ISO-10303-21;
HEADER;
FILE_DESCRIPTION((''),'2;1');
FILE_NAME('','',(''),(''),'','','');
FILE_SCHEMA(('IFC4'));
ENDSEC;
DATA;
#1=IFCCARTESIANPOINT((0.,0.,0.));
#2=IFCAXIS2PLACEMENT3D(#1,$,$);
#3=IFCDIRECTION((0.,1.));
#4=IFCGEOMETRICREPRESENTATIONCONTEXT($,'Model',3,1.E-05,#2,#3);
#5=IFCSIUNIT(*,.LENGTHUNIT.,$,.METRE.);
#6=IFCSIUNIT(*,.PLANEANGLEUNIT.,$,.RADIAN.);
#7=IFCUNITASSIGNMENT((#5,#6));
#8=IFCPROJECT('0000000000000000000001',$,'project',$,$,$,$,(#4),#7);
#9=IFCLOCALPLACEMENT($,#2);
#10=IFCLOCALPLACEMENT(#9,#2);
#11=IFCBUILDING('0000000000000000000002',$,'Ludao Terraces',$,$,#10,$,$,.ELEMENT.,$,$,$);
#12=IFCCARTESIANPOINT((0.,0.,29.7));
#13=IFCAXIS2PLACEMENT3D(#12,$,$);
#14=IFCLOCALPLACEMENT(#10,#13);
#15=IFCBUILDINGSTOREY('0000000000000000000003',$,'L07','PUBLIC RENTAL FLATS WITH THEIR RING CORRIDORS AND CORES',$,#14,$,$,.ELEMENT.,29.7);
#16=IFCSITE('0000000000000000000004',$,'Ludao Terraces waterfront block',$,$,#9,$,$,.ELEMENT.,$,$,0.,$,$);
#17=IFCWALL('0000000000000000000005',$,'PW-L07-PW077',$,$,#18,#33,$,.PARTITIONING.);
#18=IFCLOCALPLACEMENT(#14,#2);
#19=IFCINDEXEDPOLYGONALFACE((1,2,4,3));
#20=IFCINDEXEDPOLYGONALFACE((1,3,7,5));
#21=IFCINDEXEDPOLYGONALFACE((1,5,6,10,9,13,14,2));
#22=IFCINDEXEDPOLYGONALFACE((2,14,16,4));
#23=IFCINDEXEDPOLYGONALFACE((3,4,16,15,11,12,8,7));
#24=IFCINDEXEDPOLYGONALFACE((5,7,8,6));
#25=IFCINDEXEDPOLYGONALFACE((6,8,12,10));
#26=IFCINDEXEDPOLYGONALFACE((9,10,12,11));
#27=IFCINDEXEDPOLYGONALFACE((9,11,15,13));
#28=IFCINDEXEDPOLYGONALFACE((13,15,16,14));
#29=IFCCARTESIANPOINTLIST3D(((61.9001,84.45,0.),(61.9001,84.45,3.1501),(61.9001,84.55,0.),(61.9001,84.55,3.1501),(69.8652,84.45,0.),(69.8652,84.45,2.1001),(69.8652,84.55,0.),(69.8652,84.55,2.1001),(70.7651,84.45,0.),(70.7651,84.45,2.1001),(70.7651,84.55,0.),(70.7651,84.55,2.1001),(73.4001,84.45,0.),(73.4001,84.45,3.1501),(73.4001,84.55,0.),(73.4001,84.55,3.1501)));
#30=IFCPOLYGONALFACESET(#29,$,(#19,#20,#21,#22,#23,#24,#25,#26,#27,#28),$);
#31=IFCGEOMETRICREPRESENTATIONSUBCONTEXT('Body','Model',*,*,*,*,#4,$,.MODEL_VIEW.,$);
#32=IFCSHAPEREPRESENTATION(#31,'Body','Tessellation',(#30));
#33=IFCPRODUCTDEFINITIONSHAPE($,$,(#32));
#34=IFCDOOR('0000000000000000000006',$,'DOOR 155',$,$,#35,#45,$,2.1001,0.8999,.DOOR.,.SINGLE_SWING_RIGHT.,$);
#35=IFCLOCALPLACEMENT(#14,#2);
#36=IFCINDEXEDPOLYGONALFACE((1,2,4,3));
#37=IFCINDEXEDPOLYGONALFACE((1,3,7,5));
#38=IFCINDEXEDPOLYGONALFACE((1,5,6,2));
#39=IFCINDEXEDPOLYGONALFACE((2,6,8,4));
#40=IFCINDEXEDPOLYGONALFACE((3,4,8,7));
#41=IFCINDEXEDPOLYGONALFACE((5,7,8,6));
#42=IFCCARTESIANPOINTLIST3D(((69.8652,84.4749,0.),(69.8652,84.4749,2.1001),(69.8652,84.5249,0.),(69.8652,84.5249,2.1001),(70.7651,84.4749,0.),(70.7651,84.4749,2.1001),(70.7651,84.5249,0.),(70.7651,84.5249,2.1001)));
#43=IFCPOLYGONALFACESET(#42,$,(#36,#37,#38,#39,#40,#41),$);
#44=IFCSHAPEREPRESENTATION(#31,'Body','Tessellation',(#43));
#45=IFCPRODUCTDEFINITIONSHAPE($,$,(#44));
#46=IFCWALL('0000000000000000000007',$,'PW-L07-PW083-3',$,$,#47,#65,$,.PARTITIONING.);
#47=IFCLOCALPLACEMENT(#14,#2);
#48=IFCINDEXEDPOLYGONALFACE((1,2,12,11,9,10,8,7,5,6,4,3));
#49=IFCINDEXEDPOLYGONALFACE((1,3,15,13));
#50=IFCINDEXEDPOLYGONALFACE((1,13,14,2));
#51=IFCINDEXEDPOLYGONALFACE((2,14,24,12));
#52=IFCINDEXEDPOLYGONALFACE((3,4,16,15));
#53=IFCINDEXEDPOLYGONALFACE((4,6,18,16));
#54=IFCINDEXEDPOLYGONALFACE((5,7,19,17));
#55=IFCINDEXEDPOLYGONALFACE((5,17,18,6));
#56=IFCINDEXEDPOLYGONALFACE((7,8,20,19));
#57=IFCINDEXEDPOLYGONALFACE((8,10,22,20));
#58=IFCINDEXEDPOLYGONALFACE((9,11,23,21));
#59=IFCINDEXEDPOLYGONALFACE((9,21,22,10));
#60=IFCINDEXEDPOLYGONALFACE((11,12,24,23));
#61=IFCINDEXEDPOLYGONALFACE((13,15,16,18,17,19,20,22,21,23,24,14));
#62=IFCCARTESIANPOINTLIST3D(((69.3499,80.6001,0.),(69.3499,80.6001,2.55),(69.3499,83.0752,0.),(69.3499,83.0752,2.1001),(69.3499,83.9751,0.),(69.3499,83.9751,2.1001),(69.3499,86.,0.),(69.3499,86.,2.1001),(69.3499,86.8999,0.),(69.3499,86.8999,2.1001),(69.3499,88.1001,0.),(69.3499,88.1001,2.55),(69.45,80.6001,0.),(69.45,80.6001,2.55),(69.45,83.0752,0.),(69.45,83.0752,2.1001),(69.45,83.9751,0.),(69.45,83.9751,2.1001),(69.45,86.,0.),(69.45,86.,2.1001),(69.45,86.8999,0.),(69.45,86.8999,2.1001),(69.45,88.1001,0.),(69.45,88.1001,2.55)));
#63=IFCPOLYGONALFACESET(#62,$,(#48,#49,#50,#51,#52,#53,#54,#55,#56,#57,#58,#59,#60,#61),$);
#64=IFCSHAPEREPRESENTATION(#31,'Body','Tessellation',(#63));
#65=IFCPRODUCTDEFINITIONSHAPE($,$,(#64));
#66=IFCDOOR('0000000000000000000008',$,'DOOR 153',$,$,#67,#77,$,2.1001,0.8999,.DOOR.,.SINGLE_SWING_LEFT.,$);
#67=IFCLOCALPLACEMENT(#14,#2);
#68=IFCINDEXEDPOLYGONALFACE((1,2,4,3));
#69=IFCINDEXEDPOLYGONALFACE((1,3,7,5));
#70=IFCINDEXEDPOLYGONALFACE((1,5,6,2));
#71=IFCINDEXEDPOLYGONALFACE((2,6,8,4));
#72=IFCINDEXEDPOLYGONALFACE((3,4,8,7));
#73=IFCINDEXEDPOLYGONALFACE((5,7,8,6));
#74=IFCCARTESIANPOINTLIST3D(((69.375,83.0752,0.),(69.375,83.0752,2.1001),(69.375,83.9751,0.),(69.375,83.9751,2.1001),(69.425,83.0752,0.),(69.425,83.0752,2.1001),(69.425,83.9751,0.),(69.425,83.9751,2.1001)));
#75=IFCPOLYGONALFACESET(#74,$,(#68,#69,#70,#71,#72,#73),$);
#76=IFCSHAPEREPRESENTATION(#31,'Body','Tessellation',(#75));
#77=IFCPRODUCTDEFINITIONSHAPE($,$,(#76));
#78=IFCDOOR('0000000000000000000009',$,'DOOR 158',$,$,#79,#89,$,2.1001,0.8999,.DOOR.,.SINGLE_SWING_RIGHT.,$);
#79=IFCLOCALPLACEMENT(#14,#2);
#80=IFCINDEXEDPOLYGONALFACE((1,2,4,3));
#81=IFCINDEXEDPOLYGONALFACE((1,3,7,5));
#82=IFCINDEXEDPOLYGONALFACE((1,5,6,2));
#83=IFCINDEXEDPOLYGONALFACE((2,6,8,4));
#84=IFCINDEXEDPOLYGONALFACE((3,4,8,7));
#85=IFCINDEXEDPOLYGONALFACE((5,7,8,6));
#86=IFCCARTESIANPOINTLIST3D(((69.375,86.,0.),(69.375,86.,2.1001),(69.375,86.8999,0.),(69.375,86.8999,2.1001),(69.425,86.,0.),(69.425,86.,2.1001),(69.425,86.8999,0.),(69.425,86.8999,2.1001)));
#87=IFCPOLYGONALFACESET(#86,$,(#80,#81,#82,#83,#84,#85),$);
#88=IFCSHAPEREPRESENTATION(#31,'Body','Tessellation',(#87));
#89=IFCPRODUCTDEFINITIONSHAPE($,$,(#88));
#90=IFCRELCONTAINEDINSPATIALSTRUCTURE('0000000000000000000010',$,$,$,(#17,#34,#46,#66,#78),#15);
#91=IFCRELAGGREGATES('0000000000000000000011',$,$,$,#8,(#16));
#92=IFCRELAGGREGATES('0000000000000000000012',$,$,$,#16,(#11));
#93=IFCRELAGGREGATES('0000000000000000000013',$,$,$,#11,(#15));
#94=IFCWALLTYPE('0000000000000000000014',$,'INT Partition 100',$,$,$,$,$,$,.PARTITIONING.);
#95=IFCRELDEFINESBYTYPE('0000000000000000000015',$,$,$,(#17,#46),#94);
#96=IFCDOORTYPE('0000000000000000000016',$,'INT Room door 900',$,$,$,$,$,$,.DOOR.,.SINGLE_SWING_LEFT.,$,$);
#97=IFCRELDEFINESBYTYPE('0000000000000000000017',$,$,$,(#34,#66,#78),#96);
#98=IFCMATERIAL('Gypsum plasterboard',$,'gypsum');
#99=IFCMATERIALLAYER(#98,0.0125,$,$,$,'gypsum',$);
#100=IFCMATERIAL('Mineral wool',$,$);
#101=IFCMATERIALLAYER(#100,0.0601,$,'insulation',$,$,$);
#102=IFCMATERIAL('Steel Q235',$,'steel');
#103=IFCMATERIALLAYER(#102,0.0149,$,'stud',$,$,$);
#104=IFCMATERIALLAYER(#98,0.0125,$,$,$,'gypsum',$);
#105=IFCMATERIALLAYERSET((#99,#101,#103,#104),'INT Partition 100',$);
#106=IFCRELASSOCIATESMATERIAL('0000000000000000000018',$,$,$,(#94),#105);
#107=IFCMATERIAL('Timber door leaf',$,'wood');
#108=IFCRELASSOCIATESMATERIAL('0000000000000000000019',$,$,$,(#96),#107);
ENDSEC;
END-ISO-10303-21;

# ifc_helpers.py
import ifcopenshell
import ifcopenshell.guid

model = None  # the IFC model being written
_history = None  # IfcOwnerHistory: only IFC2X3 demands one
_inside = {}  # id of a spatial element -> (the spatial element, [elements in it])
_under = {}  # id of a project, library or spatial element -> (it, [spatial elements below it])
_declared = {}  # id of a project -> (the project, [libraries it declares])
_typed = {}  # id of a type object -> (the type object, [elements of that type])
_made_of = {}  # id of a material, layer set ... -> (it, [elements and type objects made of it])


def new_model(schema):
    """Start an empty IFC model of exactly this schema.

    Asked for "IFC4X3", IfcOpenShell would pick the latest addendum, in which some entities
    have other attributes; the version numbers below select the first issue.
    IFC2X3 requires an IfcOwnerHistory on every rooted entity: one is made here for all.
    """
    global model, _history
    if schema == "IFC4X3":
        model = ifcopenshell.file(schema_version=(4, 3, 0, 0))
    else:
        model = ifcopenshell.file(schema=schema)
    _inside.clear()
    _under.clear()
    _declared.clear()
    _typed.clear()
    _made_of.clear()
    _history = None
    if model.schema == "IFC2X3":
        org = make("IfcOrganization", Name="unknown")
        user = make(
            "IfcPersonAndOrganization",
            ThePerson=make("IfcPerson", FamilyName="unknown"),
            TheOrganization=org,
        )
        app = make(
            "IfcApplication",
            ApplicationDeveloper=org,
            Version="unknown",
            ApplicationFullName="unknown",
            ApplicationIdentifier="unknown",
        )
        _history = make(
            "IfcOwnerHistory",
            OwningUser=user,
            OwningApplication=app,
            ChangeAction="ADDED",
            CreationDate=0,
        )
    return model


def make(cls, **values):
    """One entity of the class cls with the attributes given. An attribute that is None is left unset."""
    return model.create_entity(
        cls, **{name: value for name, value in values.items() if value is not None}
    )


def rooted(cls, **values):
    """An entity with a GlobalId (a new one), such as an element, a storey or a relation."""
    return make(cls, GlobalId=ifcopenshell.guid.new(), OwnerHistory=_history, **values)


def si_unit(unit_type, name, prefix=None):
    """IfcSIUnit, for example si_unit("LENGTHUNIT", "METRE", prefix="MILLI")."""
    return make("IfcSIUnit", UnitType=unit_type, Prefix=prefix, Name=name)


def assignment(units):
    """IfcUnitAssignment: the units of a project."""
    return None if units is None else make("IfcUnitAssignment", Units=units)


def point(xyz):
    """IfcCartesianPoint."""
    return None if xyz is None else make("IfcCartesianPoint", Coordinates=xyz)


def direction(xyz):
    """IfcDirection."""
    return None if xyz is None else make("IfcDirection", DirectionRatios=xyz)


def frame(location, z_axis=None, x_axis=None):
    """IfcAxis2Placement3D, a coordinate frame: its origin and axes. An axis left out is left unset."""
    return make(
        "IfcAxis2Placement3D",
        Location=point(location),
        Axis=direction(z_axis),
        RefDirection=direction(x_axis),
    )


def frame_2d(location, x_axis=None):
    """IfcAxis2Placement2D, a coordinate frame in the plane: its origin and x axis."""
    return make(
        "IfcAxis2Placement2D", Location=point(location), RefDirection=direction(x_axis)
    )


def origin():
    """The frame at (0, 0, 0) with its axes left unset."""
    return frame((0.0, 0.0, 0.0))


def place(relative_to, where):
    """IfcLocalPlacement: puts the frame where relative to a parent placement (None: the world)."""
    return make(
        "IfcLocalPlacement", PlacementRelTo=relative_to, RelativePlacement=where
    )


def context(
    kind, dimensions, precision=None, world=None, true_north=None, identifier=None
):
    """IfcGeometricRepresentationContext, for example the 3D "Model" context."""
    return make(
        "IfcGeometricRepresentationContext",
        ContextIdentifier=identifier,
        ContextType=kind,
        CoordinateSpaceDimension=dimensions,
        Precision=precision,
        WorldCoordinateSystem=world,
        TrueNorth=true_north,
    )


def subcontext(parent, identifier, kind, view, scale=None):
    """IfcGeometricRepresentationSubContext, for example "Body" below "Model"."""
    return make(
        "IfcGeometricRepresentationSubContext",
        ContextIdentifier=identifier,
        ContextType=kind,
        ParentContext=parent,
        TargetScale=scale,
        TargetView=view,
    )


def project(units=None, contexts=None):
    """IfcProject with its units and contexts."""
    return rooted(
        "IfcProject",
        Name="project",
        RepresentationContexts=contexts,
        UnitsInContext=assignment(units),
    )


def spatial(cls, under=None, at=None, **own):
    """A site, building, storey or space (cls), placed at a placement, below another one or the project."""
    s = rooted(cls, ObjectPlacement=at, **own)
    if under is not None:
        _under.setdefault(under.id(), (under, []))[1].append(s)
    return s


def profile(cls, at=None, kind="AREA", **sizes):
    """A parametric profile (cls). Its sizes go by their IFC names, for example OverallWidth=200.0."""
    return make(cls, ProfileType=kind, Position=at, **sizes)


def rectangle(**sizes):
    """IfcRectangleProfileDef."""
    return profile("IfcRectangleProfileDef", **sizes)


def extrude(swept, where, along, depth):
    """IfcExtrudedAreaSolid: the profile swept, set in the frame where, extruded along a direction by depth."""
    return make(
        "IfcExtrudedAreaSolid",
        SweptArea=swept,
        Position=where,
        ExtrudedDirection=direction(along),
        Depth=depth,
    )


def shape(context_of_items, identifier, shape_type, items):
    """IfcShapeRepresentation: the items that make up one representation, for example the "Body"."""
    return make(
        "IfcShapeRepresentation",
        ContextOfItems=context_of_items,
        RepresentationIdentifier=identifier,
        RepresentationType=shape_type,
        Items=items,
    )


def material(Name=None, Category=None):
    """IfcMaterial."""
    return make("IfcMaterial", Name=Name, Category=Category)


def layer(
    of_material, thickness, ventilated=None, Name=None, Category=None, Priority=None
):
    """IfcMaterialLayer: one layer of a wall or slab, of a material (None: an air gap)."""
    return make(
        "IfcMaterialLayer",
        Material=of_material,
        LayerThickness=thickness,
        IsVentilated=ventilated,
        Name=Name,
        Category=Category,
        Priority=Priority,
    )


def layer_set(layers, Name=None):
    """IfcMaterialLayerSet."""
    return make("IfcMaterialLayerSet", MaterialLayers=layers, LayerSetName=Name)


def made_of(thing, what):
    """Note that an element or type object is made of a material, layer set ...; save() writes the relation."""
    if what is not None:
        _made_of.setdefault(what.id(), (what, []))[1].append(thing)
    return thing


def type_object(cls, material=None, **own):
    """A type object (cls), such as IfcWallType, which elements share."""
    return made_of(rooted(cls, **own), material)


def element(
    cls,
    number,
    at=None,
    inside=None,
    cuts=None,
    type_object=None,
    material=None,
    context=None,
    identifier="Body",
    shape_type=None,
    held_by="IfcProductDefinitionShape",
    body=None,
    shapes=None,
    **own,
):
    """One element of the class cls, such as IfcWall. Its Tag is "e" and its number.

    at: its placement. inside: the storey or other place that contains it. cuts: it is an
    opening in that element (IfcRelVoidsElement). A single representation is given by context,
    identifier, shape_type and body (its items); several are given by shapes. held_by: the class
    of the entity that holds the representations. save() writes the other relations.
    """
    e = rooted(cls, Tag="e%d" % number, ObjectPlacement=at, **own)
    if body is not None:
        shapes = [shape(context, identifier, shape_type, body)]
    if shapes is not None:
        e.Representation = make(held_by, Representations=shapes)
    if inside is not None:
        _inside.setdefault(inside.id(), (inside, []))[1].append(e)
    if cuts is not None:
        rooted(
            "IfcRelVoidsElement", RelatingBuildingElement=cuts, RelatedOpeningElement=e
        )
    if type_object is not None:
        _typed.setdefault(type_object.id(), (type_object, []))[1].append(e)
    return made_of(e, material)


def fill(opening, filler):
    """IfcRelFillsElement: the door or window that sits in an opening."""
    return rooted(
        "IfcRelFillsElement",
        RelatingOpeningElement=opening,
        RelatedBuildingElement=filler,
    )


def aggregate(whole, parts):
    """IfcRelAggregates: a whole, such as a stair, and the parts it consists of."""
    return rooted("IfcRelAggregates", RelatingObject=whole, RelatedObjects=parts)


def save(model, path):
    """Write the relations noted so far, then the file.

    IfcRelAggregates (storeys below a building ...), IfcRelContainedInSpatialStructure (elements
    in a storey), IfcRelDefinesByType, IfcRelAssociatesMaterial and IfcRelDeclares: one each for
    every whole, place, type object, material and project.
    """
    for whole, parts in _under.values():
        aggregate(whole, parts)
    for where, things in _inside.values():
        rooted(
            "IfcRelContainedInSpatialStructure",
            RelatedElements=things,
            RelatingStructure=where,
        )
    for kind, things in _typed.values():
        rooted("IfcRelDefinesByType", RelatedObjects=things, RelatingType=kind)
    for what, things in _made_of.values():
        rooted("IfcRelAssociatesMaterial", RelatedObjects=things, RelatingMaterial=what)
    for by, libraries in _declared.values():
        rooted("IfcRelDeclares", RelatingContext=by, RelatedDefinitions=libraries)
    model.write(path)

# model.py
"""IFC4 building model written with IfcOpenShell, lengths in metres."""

from ifc_helpers import new_model, si_unit, direction, frame, frame_2d, origin, place, context, subcontext, project, spatial, rectangle, extrude, material, layer, layer_set, type_object, element, fill, save


model = new_model("IFC4")

# Units and contexts
model_context = context("Model", 3, precision=1e-05, world=origin(), true_north=direction((0.0, 1.0)))
body_context = subcontext(model_context, "Body", "Model", "MODEL_VIEW")
ifc_project = project(units=[si_unit("LENGTHUNIT", "METRE"), si_unit("PLANEANGLEUNIT", "RADIAN")], contexts=[model_context])

# Site, building, storey
site_placement = place(None, origin())
site = spatial("IfcSite", under=ifc_project, at=site_placement, Name="Ludao Terraces waterfront block", CompositionType="ELEMENT", RefElevation=0.0)
building_placement = place(site_placement, origin())
building = spatial("IfcBuilding", under=site, at=building_placement, Name="Ludao Terraces", CompositionType="ELEMENT")
storey_placement = place(building_placement, frame((0.0, 0.0, 29.7)))
storey = spatial("IfcBuildingStorey", under=building, at=storey_placement, Name="L07", Description="PUBLIC RENTAL FLATS WITH THEIR RING CORRIDORS AND CORES", CompositionType="ELEMENT", Elevation=29.7)

# Shared definitions
ifc_material_1 = material(Name="Mineral wool")

# Shared definitions
ifc_material_2 = material(Name="Gypsum plasterboard", Category="gypsum")
ifc_layer_1 = layer(ifc_material_2, 0.0125, Category="gypsum")
ifc_layer_2 = layer(ifc_material_1, 0.0601, Name="insulation")
ifc_material_3 = material(Name="Steel Q235", Category="steel")
ifc_layer_3 = layer(ifc_material_3, 0.0149, Name="stud")
ifc_layer_4 = layer(ifc_material_2, 0.0125, Category="gypsum")
ifc_layer_set_1 = layer_set([ifc_layer_1, ifc_layer_2, ifc_layer_3, ifc_layer_4], Name="INT Partition 100")
wall_type_1 = type_object("IfcWallType", Name="INT Partition 100", PredefinedType="PARTITIONING", material=ifc_layer_set_1)

# Wall, opening, door
wall_1_placement = place(storey_placement, frame((61.9001, 84.5, 0.0), z_axis=(0.0, 0.0, 1.0), x_axis=(1.0, 0.0, 0.0)))
wall_1 = element("IfcWall", 1, at=wall_1_placement, inside=storey, type_object=wall_type_1, Name="PW-L07-PW077", PredefinedType="PARTITIONING", context=body_context, shape_type="SweptSolid", body=[
    extrude(rectangle(XDim=11.5, YDim=0.1001, at=frame_2d((5.75, 0.0))), origin(), (0.0, 0.0, 1.0), 3.1501),
])
opening_1_placement = place(wall_1_placement, frame((7.9651, 0.0, 0.0)))
opening_1 = element("IfcOpeningElement", 2, at=opening_1_placement, cuts=wall_1, PredefinedType="OPENING", context=body_context, shape_type="SweptSolid", body=[
    extrude(rectangle(XDim=0.8999, YDim=2.1001, at=frame_2d((0.45, 1.05))), frame((0.0, 0.0601, 0.0), z_axis=(0.0, -1.0, 0.0), x_axis=(1.0, 0.0, 0.0)), (0.0, 0.0, 1.0), 0.1201),
])
ifc_material_4 = material(Name="Timber door leaf", Category="wood")
door_type = type_object("IfcDoorType", Name="INT Room door 900", OperationType="SINGLE_SWING_LEFT", PredefinedType="DOOR", material=ifc_material_4)
door_1_placement = place(opening_1_placement, origin())
door_1 = element("IfcDoor", 3, at=door_1_placement, inside=storey, type_object=door_type, Name="DOOR 155", OperationType="SINGLE_SWING_RIGHT", OverallHeight=2.1001, OverallWidth=0.8999, PredefinedType="DOOR", context=body_context, shape_type="SweptSolid", body=[
    extrude(rectangle(XDim=0.8999, YDim=2.1001, at=frame_2d((0.45, 1.05))), frame((0.0, 0.0249, 0.0), z_axis=(0.0, -1.0, 0.0), x_axis=(1.0, 0.0, 0.0)), (0.0, 0.0, 1.0), 0.05),
])
fill(opening_1, door_1)

# Wall, openings, doors
wall_2_placement = place(storey_placement, frame((69.3999, 80.6001, 0.0), z_axis=(0.0, 0.0, 1.0), x_axis=(0.0, 1.0, 0.0)))
wall_2 = element("IfcWall", 4, at=wall_2_placement, inside=storey, type_object=wall_type_1, Name="PW-L07-PW083-3", PredefinedType="PARTITIONING", context=body_context, shape_type="SweptSolid", body=[
    extrude(rectangle(XDim=7.5, YDim=0.1001, at=frame_2d((3.75, 0.0))), origin(), (0.0, 0.0, 1.0), 2.55),
])
opening_2_placement = place(wall_2_placement, frame((2.4751, 0.0, 0.0)))
opening_2 = element("IfcOpeningElement", 5, at=opening_2_placement, cuts=wall_2, PredefinedType="OPENING", context=body_context, shape_type="SweptSolid", body=[
    extrude(rectangle(XDim=0.8999, YDim=2.1001, at=frame_2d((0.45, 1.05))), frame((0.0, 0.0601, 0.0), z_axis=(0.0, -1.0, 0.0), x_axis=(1.0, 0.0, 0.0)), (0.0, 0.0, 1.0), 0.1201),
])
opening_3_placement = place(wall_2_placement, frame((5.3999, 0.0, 0.0)))
opening_3 = element("IfcOpeningElement", 6, at=opening_3_placement, cuts=wall_2, PredefinedType="OPENING", context=body_context, shape_type="SweptSolid", body=[
    extrude(rectangle(XDim=0.8999, YDim=2.1001, at=frame_2d((0.45, 1.05))), frame((0.0, 0.0601, 0.0), z_axis=(0.0, -1.0, 0.0), x_axis=(1.0, 0.0, 0.0)), (0.0, 0.0, 1.0), 0.1201),
])
door_2_placement = place(opening_2_placement, origin())
door_2 = element("IfcDoor", 7, at=door_2_placement, inside=storey, type_object=door_type, Name="DOOR 153", OperationType="SINGLE_SWING_LEFT", OverallHeight=2.1001, OverallWidth=0.8999, PredefinedType="DOOR", context=body_context, shape_type="SweptSolid", body=[
    extrude(rectangle(XDim=0.8999, YDim=2.1001, at=frame_2d((0.45, 1.05))), frame((0.0, 0.0249, 0.0), z_axis=(0.0, -1.0, 0.0), x_axis=(1.0, 0.0, 0.0)), (0.0, 0.0, 1.0), 0.05),
])
fill(opening_2, door_2)
door_3_placement = place(opening_3_placement, origin())
door_3 = element("IfcDoor", 8, at=door_3_placement, inside=storey, type_object=door_type, Name="DOOR 158", OperationType="SINGLE_SWING_RIGHT", OverallHeight=2.1001, OverallWidth=0.8999, PredefinedType="DOOR", context=body_context, shape_type="SweptSolid", body=[
    extrude(rectangle(XDim=0.8999, YDim=2.1001, at=frame_2d((0.45, 1.05))), frame((0.0, 0.0249, 0.0), z_axis=(0.0, -1.0, 0.0), x_axis=(1.0, 0.0, 0.0)), (0.0, 0.0, 1.0), 0.05),
])
fill(opening_3, door_3)

save(model, "model.ifc")
